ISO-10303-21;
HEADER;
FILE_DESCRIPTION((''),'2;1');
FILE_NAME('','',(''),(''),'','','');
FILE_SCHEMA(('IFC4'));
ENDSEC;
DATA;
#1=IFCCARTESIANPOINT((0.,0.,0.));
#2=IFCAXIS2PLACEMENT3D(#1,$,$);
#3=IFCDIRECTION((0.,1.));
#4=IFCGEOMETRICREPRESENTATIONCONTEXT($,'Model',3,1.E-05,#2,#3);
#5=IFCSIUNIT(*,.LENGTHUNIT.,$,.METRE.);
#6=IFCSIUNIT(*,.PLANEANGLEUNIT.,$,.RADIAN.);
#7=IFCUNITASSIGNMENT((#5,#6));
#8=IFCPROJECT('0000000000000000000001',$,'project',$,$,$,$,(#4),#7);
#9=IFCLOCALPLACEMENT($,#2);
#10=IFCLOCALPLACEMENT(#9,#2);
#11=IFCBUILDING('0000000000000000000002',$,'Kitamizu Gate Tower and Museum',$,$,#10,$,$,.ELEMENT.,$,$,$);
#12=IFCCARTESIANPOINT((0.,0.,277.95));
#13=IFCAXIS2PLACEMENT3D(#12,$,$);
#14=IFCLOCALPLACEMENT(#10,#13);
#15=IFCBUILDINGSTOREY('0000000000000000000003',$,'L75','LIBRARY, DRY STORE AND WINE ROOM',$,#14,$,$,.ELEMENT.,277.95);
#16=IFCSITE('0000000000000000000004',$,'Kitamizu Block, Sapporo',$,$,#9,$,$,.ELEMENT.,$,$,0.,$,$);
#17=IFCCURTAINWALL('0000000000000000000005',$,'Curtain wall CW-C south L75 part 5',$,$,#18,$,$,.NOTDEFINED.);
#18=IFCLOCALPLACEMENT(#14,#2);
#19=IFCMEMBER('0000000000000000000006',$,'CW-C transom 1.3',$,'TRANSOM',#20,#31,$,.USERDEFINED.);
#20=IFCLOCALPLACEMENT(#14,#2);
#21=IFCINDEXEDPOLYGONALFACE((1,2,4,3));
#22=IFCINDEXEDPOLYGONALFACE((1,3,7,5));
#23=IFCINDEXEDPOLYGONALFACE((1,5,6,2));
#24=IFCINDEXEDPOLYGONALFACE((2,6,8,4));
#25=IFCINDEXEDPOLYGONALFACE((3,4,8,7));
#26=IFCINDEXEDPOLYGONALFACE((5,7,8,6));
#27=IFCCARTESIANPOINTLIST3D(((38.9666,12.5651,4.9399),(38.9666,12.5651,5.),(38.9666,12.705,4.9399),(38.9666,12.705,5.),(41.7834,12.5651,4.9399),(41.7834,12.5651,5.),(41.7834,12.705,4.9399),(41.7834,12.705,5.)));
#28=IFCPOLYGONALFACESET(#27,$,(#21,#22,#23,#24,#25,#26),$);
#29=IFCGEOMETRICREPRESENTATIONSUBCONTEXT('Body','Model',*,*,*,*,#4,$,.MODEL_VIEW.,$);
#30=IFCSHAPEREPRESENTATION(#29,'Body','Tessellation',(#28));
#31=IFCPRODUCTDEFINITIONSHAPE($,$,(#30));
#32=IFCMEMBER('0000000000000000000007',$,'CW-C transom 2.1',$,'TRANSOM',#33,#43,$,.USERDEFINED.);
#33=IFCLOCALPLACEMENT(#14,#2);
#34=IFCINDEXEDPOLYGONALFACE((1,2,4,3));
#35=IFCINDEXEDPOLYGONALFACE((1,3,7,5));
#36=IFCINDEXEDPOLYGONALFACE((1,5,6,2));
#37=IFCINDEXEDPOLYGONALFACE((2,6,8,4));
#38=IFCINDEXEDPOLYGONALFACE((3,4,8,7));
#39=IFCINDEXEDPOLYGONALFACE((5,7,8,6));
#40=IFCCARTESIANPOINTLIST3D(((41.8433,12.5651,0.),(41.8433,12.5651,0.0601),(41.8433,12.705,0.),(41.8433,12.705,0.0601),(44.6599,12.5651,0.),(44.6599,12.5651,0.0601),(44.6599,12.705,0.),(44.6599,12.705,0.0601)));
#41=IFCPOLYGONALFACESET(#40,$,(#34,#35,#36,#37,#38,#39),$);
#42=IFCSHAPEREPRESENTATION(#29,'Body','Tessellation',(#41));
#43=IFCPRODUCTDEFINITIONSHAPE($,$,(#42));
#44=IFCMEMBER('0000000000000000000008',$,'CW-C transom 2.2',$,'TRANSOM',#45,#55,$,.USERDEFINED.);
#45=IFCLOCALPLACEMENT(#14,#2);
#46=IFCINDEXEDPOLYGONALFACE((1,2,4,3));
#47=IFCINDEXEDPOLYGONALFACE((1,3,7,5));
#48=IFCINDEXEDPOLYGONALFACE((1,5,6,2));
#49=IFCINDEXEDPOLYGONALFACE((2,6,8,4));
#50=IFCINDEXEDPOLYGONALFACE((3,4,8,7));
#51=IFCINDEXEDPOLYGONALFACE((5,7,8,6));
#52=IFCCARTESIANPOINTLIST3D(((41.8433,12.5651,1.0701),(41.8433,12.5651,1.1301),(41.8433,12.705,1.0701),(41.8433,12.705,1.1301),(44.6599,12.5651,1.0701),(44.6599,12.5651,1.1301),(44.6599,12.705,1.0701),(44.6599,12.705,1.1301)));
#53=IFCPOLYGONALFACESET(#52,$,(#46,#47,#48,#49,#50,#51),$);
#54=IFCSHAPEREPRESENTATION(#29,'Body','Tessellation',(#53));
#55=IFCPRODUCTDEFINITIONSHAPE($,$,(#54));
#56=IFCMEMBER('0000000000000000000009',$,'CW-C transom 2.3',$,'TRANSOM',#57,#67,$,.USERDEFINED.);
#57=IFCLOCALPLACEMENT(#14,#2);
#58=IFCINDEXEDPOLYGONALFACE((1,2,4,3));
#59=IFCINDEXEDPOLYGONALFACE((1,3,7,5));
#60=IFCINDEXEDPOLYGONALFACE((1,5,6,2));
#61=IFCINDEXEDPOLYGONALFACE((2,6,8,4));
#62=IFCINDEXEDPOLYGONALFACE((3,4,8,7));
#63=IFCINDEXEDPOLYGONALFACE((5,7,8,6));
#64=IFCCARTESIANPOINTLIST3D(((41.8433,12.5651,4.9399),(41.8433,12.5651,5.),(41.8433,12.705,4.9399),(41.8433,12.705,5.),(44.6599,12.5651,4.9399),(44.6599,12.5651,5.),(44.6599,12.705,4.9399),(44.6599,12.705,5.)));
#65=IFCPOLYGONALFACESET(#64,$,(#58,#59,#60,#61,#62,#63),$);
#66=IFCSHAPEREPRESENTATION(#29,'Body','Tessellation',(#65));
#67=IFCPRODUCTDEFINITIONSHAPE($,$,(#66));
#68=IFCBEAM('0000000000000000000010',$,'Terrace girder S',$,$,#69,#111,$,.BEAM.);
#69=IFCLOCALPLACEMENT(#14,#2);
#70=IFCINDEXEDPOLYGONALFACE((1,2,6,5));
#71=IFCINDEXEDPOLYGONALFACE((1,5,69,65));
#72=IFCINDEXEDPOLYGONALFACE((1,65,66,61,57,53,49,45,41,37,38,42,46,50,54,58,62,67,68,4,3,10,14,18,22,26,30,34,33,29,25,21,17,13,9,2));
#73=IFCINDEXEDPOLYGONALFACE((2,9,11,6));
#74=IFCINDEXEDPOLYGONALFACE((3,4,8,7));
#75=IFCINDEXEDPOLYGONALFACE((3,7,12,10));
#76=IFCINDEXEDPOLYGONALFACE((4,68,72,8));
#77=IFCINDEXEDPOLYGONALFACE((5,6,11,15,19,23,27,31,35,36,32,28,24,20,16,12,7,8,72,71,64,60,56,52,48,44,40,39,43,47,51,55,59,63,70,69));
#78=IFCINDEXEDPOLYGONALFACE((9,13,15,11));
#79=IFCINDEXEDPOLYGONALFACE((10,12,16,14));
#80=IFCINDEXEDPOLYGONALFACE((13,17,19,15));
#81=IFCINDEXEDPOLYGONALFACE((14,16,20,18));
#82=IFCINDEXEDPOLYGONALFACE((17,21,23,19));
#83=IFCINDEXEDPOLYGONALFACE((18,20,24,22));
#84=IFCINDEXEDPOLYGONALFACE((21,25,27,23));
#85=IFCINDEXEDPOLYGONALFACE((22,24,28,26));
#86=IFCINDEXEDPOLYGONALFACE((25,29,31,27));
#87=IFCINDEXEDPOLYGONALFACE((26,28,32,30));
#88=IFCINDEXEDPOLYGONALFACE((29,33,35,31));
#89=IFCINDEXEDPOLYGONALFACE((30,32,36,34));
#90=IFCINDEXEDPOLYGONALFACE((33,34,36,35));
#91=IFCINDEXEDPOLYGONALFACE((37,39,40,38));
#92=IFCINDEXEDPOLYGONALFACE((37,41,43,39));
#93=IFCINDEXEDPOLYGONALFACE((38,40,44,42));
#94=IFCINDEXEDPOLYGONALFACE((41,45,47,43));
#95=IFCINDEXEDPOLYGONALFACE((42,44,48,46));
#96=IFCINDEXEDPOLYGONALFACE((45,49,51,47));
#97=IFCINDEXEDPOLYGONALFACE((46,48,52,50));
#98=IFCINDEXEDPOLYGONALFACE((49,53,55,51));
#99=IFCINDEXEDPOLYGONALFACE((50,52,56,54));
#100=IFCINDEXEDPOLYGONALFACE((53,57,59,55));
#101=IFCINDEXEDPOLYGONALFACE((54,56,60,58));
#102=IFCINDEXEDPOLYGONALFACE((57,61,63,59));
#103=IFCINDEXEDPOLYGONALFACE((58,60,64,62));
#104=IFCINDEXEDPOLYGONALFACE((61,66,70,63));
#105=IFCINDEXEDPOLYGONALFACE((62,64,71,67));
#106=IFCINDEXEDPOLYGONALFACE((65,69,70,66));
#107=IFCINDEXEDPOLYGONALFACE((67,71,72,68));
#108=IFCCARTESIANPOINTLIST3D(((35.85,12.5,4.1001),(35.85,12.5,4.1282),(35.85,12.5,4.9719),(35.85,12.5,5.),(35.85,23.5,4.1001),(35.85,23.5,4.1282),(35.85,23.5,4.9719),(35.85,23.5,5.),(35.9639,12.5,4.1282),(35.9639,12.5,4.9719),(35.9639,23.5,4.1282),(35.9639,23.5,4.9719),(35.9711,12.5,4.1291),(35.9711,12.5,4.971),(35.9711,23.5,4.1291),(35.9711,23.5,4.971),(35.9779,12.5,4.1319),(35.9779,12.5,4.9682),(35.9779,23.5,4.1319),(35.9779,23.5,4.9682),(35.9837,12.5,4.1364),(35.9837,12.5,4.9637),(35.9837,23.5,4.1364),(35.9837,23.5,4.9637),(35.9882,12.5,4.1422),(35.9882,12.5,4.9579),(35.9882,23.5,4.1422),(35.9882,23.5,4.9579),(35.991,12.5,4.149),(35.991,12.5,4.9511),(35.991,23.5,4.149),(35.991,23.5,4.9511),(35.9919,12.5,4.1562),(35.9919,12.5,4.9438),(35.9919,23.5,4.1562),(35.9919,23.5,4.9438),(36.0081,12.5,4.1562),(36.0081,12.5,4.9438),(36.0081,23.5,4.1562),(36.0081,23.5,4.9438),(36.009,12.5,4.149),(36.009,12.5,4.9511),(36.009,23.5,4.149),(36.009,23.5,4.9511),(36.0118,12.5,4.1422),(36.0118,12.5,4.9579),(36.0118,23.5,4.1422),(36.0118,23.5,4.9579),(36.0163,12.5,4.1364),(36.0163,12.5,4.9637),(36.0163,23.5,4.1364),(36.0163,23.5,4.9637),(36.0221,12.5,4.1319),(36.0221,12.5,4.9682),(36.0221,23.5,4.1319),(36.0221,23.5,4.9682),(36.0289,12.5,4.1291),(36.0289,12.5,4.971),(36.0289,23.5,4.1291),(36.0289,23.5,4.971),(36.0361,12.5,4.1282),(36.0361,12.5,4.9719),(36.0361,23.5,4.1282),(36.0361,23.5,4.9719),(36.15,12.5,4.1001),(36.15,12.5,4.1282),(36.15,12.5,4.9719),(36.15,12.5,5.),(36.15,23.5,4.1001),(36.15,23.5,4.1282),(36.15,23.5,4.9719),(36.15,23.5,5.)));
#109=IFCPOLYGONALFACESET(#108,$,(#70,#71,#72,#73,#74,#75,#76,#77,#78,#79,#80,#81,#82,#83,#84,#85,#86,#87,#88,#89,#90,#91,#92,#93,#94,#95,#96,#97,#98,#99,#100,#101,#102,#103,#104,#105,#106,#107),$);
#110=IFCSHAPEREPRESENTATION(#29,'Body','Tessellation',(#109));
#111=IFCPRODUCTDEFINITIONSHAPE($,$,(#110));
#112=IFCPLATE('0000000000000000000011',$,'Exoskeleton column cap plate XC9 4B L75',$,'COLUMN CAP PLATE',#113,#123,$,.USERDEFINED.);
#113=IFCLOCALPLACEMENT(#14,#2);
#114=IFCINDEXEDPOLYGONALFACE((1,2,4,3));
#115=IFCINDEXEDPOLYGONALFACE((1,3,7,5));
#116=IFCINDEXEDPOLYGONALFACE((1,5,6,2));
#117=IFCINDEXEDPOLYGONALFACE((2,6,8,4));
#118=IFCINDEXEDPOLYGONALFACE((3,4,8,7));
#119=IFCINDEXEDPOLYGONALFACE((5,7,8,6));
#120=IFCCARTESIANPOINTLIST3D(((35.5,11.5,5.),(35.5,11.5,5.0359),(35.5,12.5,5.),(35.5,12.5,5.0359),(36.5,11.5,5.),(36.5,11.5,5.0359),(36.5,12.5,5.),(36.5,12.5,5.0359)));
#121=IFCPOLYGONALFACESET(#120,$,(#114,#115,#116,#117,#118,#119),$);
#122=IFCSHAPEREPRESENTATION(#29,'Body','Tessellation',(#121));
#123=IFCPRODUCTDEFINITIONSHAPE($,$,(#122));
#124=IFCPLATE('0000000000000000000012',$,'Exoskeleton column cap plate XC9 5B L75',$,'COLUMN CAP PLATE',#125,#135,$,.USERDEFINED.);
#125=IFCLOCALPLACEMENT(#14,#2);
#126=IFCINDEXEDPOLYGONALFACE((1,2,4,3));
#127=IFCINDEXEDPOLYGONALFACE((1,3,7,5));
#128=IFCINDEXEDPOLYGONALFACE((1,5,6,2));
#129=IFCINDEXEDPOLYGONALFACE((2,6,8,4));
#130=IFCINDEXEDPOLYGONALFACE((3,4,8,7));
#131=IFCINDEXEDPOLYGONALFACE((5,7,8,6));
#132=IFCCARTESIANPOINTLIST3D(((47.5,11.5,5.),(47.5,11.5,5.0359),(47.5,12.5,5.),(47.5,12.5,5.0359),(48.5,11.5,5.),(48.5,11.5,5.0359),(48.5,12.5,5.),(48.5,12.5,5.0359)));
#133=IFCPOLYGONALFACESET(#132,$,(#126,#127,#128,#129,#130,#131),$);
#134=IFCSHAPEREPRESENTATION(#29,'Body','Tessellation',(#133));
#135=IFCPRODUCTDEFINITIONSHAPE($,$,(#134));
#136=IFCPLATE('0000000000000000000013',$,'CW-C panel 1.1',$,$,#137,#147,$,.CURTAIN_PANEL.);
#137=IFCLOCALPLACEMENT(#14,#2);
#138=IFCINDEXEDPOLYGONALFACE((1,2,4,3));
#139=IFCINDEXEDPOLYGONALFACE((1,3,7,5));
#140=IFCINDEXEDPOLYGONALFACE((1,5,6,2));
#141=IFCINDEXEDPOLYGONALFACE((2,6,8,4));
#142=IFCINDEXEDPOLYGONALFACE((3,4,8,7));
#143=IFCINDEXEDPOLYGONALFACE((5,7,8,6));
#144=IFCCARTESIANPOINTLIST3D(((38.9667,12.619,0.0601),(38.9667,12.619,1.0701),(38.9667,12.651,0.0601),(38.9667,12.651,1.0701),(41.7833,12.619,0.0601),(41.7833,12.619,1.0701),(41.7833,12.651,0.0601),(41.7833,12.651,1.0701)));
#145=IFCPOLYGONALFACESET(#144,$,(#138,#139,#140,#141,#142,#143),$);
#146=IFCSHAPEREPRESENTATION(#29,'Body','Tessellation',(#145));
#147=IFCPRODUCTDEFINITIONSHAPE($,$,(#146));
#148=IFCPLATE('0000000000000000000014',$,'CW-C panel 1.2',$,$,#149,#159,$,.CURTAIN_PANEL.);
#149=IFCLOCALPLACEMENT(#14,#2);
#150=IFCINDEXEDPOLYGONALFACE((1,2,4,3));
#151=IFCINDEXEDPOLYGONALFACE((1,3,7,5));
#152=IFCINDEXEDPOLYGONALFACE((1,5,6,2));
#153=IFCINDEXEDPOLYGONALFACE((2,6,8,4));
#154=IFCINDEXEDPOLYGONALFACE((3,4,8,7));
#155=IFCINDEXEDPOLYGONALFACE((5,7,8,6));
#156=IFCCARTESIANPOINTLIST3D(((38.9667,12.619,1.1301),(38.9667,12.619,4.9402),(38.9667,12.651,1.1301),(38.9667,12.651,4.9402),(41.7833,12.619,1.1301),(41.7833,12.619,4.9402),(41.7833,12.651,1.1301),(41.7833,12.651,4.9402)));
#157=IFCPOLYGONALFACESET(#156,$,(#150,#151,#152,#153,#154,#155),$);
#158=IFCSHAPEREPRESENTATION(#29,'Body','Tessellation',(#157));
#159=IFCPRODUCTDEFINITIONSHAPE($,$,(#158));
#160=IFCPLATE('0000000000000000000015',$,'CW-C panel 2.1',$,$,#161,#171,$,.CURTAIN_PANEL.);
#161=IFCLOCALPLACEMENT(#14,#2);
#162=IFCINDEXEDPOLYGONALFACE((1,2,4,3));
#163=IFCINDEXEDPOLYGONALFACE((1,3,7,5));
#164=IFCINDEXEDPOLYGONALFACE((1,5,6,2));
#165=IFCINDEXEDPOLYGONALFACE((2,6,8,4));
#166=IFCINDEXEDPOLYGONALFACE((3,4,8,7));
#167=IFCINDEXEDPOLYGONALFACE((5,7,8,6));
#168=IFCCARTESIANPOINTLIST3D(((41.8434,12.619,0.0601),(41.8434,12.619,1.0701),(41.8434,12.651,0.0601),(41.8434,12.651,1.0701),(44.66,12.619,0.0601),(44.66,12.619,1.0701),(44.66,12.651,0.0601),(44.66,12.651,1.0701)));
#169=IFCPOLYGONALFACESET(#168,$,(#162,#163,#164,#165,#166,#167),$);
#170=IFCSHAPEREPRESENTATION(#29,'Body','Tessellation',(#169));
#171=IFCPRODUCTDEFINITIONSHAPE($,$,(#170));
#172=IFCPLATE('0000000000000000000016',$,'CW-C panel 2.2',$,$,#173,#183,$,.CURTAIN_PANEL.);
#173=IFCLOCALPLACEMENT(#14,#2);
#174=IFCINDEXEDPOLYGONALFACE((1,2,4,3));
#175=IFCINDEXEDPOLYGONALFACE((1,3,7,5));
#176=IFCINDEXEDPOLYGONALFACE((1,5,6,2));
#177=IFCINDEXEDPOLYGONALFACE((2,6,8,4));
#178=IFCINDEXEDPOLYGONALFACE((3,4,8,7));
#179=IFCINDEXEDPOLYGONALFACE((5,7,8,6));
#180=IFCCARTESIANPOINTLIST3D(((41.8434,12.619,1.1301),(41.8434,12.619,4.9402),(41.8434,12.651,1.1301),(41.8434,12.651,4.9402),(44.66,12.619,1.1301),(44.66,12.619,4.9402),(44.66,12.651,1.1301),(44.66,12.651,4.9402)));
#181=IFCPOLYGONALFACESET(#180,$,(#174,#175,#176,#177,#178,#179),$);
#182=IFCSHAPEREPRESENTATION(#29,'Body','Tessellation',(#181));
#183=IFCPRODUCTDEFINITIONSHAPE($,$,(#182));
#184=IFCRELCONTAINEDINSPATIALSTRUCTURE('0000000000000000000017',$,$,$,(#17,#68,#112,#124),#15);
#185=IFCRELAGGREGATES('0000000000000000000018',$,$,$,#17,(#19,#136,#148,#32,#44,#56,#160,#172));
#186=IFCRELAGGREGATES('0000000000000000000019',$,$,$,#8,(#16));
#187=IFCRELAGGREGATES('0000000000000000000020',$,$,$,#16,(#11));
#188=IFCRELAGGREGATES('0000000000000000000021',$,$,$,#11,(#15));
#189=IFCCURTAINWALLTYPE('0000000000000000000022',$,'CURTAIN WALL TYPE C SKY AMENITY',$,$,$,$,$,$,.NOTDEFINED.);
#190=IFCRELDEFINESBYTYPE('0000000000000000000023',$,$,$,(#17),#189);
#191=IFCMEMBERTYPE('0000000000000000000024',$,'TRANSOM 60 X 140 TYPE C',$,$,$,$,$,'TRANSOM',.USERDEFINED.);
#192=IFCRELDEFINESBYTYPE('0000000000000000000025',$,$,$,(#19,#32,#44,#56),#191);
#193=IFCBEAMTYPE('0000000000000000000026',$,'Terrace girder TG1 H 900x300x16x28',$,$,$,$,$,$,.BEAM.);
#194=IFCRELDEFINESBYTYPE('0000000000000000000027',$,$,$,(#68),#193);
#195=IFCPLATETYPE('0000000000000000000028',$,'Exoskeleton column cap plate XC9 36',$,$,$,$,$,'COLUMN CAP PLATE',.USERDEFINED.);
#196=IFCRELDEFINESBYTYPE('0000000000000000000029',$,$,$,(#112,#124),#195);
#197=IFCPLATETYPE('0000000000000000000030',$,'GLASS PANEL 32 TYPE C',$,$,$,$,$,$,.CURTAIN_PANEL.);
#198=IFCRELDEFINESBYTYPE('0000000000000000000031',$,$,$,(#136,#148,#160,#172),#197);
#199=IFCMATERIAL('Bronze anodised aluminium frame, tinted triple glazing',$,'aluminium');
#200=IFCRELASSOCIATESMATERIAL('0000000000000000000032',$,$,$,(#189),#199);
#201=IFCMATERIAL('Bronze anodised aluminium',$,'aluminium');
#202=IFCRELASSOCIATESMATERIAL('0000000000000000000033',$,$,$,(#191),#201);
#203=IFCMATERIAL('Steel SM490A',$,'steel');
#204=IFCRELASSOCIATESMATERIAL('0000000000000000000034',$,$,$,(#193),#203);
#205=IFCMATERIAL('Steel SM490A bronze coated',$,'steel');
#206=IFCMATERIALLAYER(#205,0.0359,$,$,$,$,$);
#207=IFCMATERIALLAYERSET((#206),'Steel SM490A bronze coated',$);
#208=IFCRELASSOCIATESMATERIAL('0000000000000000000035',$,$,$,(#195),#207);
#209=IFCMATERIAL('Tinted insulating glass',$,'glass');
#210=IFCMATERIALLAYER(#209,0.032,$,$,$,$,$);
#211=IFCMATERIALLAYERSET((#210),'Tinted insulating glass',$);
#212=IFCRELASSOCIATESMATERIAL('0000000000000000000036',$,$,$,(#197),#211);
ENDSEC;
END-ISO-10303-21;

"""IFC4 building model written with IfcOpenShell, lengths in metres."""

from ifc_helpers import new_model, si_unit, direction, frame, origin, origin_2d, place, context, subcontext, project, spatial, rectangle, i_section, extrude, material, layer, layer_set, material_profile, profile_set, type_object, element, aggregate, save


model = new_model("IFC4")

# Units and contexts
model_context = context("Model", 3, precision=1e-05, world=origin(), true_north=direction((0.0, 1.0)))
body_context = subcontext(model_context, "Body", "Model", "MODEL_VIEW")
ifc_project = project(units=[si_unit("LENGTHUNIT", "METRE"), si_unit("PLANEANGLEUNIT", "RADIAN")], contexts=[model_context])

# Site, building, storey
site_placement = place(None, origin())
site = spatial("IfcSite", under=ifc_project, at=site_placement, Name="Kitamizu Block, Sapporo", CompositionType="ELEMENT", RefElevation=0.0)
building_placement = place(site_placement, origin())
building = spatial("IfcBuilding", under=site, at=building_placement, Name="Kitamizu Gate Tower and Museum", CompositionType="ELEMENT")
storey_placement = place(building_placement, frame((0.0, 0.0, 277.95)))
storey = spatial("IfcBuildingStorey", under=building, at=storey_placement, Name="L75", Description="LIBRARY, DRY STORE AND WINE ROOM", CompositionType="ELEMENT", Elevation=277.95)

# Curtain wall
ifc_material_1 = material(Name="Bronze anodised aluminium frame, tinted triple glazing", Category="aluminium")
curtain_wall_type_1 = type_object("IfcCurtainWallType", Name="CURTAIN WALL TYPE C SKY AMENITY", PredefinedType="NOTDEFINED", material=ifc_material_1)
curtain_wall_1_placement = place(storey_placement, origin())
curtain_wall_1 = element("IfcCurtainWall", 1, at=curtain_wall_1_placement, inside=storey, type_object=curtain_wall_type_1, Name="Curtain wall CW-C south L75 part 5", PredefinedType="NOTDEFINED")

# Members
ifc_material_2 = material(Name="Bronze anodised aluminium", Category="aluminium")
ifc_material_profile_1 = material_profile(ifc_material_2, rectangle(XDim=0.1399, YDim=0.0601, at=origin_2d()), Name="AL 60X140")
ifc_profile_set_1 = profile_set([ifc_material_profile_1], Name="Bronze anodised aluminium")
member_type_1 = type_object("IfcMemberType", Name="TRANSOM 60 X 140 TYPE C", ElementType="TRANSOM", PredefinedType="USERDEFINED", material=ifc_profile_set_1)
member_1_placement = place(storey_placement, frame((38.9666, 12.635, 4.97), z_axis=(1.0, 0.0, 0.0), x_axis=(0.0, 1.0, 0.0)))
member_1 = element("IfcMember", 2, at=member_1_placement, type_object=member_type_1, Name="CW-C transom 1.3", ObjectType="TRANSOM", PredefinedType="USERDEFINED", context=body_context, shape_type="SweptSolid", body=[
    extrude(rectangle(XDim=0.1399, YDim=0.0601, at=origin_2d()), origin(), (0.0, 0.0, 1.0), 2.8169),
])
member_2_placement = place(storey_placement, frame((41.8433, 12.635, 0.03), z_axis=(1.0, 0.0, 0.0), x_axis=(0.0, 1.0, 0.0)))
member_2 = element("IfcMember", 3, at=member_2_placement, type_object=member_type_1, Name="CW-C transom 2.1", ObjectType="TRANSOM", PredefinedType="USERDEFINED", context=body_context, shape_type="SweptSolid", body=[
    extrude(rectangle(XDim=0.1399, YDim=0.0601, at=origin_2d()), origin(), (0.0, 0.0, 1.0), 2.8167),
])
member_3_placement = place(storey_placement, frame((41.8433, 12.635, 1.1001), z_axis=(1.0, 0.0, 0.0), x_axis=(0.0, 1.0, 0.0)))
member_3 = element("IfcMember", 4, at=member_3_placement, type_object=member_type_1, Name="CW-C transom 2.2", ObjectType="TRANSOM", PredefinedType="USERDEFINED", context=body_context, shape_type="SweptSolid", body=[
    extrude(rectangle(XDim=0.1399, YDim=0.0601, at=origin_2d()), origin(), (0.0, 0.0, 1.0), 2.8167),
])
member_4_placement = place(storey_placement, frame((41.8433, 12.635, 4.97), z_axis=(1.0, 0.0, 0.0), x_axis=(0.0, 1.0, 0.0)))
member_4 = element("IfcMember", 5, at=member_4_placement, type_object=member_type_1, Name="CW-C transom 2.3", ObjectType="TRANSOM", PredefinedType="USERDEFINED", context=body_context, shape_type="SweptSolid", body=[
    extrude(rectangle(XDim=0.1399, YDim=0.0601, at=origin_2d()), origin(), (0.0, 0.0, 1.0), 2.8167),
])

# Beam
ifc_material_3 = material(Name="Steel SM490A", Category="steel")
ifc_material_profile_2 = material_profile(ifc_material_3, i_section(OverallWidth=0.3, OverallDepth=0.8999, WebThickness=0.0161, FlangeThickness=0.0281, FilletRadius=0.0281, at=origin_2d()), Name="H-900x300x16x28")
ifc_profile_set_2 = profile_set([ifc_material_profile_2], Name="Steel SM490A")
beam_type_1 = type_object("IfcBeamType", Name="Terrace girder TG1 H 900x300x16x28", PredefinedType="BEAM", material=ifc_profile_set_2)
beam_1_placement = place(storey_placement, frame((36.0, 12.5, 4.55), z_axis=(0.0, 1.0, 0.0), x_axis=(-1.0, 0.0, 0.0)))
element("IfcBeam", 6, at=beam_1_placement, inside=storey, type_object=beam_type_1, Name="Terrace girder S", PredefinedType="BEAM", context=body_context, shape_type="SweptSolid", body=[
    extrude(i_section(OverallWidth=0.3, OverallDepth=0.8999, WebThickness=0.0161, FlangeThickness=0.0281, FilletRadius=0.0281, at=origin_2d()), origin(), (0.0, 0.0, 1.0), 11.0),
])

# Plates
ifc_material_4 = material(Name="Steel SM490A bronze coated", Category="steel")
ifc_layer_1 = layer(ifc_material_4, 0.0359)
ifc_layer_set_1 = layer_set([ifc_layer_1], Name="Steel SM490A bronze coated")
plate_type_1 = type_object("IfcPlateType", Name="Exoskeleton column cap plate XC9 36", ElementType="COLUMN CAP PLATE", PredefinedType="USERDEFINED", material=ifc_layer_set_1)
for number, where, z_axis, x_axis, name in (
    (7, (36.0, 12.0, 5.0), (0.0, 0.0, 1.0), (1.0, 0.0, 0.0), "Exoskeleton column cap plate XC9 4B L75"),
    (8, (48.0, 12.0, 5.0), (0.0, 0.0, 1.0), (1.0, 0.0, 0.0), "Exoskeleton column cap plate XC9 5B L75"),
):
    element("IfcPlate", number, at=place(storey_placement, frame(where, z_axis=z_axis, x_axis=x_axis)), inside=storey, type_object=plate_type_1, Name=name, ObjectType="COLUMN CAP PLATE", PredefinedType="USERDEFINED", context=body_context, shape_type="SweptSolid", body=[
        extrude(rectangle(XDim=1.0, YDim=1.0, at=origin_2d()), origin(), (0.0, 0.0, 1.0), 0.0359),
    ])

# Plates
ifc_material_5 = material(Name="Tinted insulating glass", Category="glass")
ifc_layer_2 = layer(ifc_material_5, 0.032)
ifc_layer_set_2 = layer_set([ifc_layer_2], Name="Tinted insulating glass")
plate_type_2 = type_object("IfcPlateType", Name="GLASS PANEL 32 TYPE C", PredefinedType="CURTAIN_PANEL", material=ifc_layer_set_2)
plate_1_placement = place(storey_placement, frame((40.375, 12.635, 0.0601), z_axis=(0.0, 0.0, 1.0), x_axis=(1.0, 0.0, 0.0)))
plate_1 = element("IfcPlate", 9, at=plate_1_placement, type_object=plate_type_2, Name="CW-C panel 1.1", PredefinedType="CURTAIN_PANEL", context=body_context, shape_type="SweptSolid", body=[
    extrude(rectangle(XDim=2.8167, YDim=0.032, at=origin_2d()), origin(), (0.0, 0.0, 1.0), 1.01),
])
plate_2_placement = place(storey_placement, frame((40.375, 12.635, 1.1301), z_axis=(0.0, 0.0, 1.0), x_axis=(1.0, 0.0, 0.0)))
plate_2 = element("IfcPlate", 10, at=plate_2_placement, type_object=plate_type_2, Name="CW-C panel 1.2", PredefinedType="CURTAIN_PANEL", context=body_context, shape_type="SweptSolid", body=[
    extrude(rectangle(XDim=2.8167, YDim=0.032, at=origin_2d()), origin(), (0.0, 0.0, 1.0), 3.8101),
])
plate_3_placement = place(storey_placement, frame((43.2517, 12.635, 0.0601), z_axis=(0.0, 0.0, 1.0), x_axis=(1.0, 0.0, 0.0)))
plate_3 = element("IfcPlate", 11, at=plate_3_placement, type_object=plate_type_2, Name="CW-C panel 2.1", PredefinedType="CURTAIN_PANEL", context=body_context, shape_type="SweptSolid", body=[
    extrude(rectangle(XDim=2.8167, YDim=0.032, at=origin_2d()), origin(), (0.0, 0.0, 1.0), 1.01),
])
plate_4_placement = place(storey_placement, frame((43.2517, 12.635, 1.1301), z_axis=(0.0, 0.0, 1.0), x_axis=(1.0, 0.0, 0.0)))
plate_4 = element("IfcPlate", 12, at=plate_4_placement, type_object=plate_type_2, Name="CW-C panel 2.2", PredefinedType="CURTAIN_PANEL", context=body_context, shape_type="SweptSolid", body=[
    extrude(rectangle(XDim=2.8167, YDim=0.032, at=origin_2d()), origin(), (0.0, 0.0, 1.0), 3.8101),
])
aggregate(curtain_wall_1, [member_1, plate_1, plate_2, member_2, member_3, member_4, plate_3, plate_4])

save(model, "model.ifc")
